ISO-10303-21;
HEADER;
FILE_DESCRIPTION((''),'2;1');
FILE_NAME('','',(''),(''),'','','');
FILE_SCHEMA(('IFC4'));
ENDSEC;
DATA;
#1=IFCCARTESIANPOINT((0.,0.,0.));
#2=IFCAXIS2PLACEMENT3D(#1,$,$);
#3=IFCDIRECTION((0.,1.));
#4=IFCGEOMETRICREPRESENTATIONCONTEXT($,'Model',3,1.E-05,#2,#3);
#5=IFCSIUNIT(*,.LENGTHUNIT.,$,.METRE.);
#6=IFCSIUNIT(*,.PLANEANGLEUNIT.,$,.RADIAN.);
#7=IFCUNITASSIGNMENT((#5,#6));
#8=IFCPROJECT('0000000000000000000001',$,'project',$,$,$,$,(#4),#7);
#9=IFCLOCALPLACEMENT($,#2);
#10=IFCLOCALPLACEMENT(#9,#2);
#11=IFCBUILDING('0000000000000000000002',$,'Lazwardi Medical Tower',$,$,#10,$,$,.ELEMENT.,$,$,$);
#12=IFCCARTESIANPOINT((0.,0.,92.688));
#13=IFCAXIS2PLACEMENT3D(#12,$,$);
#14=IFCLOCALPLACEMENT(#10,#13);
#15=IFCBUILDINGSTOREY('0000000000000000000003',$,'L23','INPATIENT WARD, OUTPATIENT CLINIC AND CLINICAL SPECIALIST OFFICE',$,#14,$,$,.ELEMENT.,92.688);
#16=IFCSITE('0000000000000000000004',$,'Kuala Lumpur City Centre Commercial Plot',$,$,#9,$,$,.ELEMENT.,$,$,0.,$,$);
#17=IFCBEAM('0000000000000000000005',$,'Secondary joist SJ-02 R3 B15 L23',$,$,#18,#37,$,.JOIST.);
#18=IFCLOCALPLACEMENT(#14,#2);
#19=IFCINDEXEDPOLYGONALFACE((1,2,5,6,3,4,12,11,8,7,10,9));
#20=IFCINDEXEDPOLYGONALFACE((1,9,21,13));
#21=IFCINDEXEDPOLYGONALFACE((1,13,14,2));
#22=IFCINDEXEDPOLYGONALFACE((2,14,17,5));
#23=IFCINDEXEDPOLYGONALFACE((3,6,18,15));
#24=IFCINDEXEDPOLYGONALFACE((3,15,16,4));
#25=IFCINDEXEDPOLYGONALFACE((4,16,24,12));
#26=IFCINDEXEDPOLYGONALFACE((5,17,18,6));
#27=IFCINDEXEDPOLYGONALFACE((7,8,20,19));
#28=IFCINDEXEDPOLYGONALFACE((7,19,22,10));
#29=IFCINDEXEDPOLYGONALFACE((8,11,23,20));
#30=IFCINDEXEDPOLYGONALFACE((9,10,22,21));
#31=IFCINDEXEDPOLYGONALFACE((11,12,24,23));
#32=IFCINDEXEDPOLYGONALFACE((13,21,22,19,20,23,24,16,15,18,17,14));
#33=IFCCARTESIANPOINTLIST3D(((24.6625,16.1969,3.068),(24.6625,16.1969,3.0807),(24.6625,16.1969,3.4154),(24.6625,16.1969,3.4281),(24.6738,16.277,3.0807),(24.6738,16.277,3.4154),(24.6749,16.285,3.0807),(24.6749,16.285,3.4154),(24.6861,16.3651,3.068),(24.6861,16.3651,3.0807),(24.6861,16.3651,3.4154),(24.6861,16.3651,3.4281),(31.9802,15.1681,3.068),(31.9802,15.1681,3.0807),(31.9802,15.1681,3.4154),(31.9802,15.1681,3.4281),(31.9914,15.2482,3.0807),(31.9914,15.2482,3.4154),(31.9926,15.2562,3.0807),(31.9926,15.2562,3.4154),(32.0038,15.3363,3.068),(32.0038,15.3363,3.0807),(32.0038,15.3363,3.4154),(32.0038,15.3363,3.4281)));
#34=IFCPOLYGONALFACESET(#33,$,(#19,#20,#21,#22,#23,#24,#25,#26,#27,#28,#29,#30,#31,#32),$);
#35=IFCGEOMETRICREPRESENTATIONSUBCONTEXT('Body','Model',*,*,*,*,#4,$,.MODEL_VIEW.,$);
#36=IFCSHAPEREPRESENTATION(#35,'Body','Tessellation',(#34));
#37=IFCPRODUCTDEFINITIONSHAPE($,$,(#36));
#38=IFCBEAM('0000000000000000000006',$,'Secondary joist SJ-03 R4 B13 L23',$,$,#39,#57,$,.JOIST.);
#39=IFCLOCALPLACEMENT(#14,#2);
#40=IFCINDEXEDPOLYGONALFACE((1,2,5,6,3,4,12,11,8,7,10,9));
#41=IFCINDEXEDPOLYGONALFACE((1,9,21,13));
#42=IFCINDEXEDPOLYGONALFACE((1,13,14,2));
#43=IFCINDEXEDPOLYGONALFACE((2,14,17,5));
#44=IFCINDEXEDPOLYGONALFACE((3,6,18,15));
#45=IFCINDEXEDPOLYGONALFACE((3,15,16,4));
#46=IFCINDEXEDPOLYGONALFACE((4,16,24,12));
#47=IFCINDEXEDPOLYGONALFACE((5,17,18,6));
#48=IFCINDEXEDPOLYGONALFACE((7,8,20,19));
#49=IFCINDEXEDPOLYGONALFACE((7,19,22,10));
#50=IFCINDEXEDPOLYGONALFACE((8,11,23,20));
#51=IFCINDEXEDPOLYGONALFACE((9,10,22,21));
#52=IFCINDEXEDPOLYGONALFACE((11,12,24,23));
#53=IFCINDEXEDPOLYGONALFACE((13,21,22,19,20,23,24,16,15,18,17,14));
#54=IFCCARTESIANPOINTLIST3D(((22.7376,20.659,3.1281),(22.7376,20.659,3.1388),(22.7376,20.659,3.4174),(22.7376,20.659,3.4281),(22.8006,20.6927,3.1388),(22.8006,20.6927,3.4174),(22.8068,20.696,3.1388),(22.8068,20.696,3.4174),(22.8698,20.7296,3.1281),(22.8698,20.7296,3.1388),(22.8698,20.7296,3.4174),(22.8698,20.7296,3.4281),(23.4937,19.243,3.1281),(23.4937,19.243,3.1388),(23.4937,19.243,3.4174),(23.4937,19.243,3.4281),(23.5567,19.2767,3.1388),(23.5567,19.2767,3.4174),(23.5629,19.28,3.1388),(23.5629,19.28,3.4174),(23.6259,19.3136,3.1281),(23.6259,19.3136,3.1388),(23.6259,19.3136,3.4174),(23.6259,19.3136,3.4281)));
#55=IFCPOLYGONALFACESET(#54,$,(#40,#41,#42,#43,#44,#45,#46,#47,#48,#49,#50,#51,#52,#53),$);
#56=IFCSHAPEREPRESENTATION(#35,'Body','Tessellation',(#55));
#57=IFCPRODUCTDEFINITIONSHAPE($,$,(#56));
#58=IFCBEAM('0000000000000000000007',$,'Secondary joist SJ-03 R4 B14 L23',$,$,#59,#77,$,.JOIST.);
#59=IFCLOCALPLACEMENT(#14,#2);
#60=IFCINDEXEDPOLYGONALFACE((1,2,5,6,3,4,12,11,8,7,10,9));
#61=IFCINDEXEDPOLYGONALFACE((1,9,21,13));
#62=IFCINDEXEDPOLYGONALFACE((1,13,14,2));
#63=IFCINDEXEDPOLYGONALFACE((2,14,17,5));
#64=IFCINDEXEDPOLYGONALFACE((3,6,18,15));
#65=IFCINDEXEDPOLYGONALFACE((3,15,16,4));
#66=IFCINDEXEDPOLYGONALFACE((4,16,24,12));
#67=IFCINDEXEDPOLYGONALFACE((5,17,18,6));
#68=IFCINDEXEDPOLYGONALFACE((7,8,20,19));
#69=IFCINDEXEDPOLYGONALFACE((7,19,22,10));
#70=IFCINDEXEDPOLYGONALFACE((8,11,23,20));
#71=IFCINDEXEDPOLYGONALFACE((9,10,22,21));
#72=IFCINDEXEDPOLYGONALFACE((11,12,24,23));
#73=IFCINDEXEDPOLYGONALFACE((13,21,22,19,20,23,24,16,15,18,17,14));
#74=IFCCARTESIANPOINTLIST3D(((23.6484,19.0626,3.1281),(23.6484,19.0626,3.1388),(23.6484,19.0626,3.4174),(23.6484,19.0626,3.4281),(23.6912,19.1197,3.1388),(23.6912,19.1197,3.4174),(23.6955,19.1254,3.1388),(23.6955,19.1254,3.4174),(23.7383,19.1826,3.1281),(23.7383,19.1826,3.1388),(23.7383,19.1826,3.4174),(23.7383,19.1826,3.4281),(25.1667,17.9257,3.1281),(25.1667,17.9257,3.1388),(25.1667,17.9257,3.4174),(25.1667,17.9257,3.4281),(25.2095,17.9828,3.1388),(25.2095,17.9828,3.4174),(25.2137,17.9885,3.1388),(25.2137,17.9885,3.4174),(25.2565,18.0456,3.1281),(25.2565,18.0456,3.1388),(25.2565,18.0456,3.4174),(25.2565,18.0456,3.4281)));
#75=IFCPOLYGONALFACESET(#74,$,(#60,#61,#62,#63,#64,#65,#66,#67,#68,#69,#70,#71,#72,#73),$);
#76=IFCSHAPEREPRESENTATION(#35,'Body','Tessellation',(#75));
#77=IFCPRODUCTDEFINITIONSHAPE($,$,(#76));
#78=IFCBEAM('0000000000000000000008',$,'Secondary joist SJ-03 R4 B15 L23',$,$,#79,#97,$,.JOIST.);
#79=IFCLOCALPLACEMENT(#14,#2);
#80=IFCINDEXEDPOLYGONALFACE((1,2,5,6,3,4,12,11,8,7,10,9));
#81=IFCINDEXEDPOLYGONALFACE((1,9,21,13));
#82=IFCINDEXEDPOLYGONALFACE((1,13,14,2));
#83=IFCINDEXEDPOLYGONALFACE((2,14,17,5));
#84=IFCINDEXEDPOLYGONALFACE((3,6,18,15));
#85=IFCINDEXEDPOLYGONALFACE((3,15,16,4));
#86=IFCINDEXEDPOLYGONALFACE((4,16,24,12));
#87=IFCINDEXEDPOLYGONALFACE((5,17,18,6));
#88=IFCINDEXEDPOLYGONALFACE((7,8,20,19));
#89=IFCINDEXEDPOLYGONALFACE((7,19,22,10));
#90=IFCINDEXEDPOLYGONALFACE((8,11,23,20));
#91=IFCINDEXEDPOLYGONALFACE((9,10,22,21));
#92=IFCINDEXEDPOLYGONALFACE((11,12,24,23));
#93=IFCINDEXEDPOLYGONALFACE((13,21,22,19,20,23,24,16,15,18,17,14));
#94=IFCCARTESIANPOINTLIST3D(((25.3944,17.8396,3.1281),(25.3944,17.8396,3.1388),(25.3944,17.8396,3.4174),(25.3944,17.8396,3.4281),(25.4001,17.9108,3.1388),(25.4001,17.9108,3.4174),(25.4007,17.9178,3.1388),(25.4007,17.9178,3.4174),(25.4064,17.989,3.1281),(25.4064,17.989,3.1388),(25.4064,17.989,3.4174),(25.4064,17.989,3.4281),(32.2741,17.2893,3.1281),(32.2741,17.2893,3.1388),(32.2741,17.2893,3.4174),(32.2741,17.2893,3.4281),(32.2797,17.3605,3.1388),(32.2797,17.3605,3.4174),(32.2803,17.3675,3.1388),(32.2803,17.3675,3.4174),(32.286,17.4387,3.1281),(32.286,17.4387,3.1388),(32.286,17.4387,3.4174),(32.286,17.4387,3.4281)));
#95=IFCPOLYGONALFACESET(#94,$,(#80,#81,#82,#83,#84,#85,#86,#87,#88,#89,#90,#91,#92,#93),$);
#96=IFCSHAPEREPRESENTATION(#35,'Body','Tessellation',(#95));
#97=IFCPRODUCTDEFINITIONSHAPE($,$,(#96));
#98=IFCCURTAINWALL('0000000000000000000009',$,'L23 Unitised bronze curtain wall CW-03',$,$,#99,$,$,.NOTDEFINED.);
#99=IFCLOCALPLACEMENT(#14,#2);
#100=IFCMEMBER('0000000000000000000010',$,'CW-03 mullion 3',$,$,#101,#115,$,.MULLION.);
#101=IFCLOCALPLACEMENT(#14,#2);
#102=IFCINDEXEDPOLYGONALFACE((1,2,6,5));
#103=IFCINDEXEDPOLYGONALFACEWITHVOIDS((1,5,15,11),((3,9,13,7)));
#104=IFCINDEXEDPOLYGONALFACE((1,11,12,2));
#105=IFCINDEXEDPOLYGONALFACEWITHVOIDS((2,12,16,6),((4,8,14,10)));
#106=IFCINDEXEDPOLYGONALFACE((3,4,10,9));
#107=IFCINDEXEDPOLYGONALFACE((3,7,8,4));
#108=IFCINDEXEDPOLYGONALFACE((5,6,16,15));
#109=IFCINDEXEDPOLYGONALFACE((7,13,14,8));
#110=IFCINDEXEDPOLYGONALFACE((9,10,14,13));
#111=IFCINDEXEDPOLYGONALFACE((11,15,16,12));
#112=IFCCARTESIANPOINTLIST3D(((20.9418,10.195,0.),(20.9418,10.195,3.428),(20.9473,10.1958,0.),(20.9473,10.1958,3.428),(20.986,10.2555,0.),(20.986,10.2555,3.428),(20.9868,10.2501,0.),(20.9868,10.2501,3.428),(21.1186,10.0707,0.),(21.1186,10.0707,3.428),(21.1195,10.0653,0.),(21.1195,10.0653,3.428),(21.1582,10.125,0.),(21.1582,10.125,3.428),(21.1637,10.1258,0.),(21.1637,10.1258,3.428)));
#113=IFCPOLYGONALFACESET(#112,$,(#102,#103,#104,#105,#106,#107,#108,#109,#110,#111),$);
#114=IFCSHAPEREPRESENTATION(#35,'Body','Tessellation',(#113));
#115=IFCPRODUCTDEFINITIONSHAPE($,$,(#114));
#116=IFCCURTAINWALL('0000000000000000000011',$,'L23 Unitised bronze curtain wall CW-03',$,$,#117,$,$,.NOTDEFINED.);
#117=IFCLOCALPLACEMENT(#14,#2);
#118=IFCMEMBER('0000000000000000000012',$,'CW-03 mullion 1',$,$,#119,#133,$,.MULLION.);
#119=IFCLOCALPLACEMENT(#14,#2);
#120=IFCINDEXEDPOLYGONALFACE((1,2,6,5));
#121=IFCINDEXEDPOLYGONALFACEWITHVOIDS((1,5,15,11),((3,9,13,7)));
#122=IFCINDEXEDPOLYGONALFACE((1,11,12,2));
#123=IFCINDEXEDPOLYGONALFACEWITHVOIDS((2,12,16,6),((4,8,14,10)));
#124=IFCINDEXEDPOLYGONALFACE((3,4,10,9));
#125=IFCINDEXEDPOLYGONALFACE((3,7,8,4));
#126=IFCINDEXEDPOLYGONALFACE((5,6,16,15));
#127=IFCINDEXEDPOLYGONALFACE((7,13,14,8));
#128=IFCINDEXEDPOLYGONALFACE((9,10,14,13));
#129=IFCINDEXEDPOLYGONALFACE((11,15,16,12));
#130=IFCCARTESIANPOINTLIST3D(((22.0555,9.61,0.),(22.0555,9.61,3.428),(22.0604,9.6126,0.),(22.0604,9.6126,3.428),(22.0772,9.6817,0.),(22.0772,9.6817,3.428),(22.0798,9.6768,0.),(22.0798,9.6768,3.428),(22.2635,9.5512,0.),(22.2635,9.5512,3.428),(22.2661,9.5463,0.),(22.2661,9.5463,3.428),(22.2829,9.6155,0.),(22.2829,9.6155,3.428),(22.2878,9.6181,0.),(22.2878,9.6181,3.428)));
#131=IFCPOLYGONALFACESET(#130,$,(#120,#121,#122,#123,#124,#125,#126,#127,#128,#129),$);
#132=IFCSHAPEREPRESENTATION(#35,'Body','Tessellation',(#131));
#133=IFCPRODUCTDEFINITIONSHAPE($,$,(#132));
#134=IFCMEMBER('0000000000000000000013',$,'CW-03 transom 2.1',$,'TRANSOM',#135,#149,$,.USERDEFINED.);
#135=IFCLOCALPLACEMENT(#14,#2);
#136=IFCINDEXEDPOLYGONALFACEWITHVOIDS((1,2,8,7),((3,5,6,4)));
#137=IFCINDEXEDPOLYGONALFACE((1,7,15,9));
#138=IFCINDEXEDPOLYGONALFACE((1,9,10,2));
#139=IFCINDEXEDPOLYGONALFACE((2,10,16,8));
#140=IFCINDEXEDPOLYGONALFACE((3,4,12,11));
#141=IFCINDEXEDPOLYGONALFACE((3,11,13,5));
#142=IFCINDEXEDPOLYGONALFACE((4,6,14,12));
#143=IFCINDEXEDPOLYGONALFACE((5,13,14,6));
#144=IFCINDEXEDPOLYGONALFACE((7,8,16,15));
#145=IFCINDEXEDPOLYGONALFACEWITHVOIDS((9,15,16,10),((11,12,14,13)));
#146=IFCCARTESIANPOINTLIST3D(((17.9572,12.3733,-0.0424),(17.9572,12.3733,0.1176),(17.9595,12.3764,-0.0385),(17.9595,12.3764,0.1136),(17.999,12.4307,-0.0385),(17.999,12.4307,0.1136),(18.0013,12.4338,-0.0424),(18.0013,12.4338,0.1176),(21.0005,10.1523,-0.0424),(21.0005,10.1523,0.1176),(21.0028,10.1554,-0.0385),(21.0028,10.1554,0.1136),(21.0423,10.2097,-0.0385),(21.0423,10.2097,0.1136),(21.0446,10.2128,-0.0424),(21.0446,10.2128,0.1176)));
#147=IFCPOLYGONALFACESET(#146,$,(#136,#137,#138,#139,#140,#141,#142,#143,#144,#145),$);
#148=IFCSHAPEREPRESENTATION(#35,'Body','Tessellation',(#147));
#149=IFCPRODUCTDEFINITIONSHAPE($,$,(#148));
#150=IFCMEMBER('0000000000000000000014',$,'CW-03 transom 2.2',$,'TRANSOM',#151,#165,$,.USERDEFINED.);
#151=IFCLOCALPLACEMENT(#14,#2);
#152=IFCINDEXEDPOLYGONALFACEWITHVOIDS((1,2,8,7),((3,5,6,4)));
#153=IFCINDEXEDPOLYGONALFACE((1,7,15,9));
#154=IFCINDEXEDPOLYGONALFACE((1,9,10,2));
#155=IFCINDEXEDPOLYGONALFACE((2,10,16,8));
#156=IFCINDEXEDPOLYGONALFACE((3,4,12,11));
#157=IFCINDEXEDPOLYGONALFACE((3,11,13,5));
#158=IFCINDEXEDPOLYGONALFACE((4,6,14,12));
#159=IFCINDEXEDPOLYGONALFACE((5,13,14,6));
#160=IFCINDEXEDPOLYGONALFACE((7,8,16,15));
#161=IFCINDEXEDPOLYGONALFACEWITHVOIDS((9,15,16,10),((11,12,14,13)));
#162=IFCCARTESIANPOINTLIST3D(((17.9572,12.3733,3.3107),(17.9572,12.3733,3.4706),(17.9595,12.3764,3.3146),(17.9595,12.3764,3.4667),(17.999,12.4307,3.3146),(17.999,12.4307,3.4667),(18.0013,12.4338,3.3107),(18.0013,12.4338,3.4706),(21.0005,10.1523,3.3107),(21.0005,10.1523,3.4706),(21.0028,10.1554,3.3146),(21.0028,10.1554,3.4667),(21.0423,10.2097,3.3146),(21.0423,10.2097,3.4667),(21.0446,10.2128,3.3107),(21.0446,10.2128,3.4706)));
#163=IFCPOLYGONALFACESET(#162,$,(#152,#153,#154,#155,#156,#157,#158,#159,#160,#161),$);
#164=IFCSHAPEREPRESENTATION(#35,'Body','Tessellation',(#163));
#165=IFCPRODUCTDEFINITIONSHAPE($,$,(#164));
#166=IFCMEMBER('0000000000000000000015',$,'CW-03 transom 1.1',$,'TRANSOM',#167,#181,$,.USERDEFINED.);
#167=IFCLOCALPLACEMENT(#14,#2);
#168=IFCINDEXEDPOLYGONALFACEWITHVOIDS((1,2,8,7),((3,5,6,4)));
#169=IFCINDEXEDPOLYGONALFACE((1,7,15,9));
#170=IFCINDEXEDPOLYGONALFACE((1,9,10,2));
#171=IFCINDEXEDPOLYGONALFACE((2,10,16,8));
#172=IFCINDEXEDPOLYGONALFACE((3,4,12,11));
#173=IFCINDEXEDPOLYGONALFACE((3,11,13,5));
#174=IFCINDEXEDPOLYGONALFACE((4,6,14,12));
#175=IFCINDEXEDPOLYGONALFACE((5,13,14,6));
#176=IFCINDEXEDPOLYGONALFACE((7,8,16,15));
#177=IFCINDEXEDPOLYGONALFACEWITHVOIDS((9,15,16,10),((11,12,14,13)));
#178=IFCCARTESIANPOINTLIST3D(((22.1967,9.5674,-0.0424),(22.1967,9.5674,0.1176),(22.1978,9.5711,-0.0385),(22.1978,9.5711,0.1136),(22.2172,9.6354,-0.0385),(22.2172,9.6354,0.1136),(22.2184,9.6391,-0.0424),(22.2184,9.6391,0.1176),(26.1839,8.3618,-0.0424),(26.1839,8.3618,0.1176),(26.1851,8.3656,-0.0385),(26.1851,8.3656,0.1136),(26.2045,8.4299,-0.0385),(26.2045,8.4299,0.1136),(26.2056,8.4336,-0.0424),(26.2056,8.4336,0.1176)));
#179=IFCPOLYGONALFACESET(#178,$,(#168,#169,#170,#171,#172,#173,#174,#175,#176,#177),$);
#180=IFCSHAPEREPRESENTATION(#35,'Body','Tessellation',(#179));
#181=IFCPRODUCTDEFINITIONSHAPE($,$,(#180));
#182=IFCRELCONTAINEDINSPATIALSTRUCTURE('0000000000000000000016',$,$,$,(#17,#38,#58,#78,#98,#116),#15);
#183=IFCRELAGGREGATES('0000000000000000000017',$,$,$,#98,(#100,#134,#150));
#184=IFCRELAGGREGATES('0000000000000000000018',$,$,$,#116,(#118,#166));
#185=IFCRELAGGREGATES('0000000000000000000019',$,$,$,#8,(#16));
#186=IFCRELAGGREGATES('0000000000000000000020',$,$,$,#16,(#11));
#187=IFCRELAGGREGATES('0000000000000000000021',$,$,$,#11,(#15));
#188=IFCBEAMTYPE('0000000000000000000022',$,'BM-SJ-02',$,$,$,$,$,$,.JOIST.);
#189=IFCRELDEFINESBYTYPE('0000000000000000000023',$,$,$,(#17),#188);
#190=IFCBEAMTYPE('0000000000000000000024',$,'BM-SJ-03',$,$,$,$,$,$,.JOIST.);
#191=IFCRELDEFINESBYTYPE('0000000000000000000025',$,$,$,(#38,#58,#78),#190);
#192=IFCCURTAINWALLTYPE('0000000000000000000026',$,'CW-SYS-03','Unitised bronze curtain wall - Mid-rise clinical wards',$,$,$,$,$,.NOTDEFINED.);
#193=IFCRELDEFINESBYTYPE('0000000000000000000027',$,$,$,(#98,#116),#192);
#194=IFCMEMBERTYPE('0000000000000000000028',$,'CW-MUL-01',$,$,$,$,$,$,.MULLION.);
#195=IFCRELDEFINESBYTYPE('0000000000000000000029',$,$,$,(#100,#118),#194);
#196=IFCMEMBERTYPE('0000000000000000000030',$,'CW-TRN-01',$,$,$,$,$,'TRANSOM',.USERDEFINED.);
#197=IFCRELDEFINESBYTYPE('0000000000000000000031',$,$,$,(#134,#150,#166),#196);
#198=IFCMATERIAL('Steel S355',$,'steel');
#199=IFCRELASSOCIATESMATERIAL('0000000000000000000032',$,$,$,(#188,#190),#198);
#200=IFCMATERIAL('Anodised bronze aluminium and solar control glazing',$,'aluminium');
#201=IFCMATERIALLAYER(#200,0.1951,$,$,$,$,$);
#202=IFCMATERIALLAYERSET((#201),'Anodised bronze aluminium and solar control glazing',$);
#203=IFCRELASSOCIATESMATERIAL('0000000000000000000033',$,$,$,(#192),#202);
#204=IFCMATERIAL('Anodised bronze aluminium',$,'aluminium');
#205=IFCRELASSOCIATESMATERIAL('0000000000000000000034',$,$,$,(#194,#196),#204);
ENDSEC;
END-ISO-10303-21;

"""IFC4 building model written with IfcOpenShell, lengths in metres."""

from ifc_helpers import new_model, si_unit, direction, frame, origin, origin_2d, place, context, subcontext, project, spatial, hollow_rectangle, i_section, extrude, material, layer, layer_set, material_profile, profile_set, type_object, element, aggregate, save


model = new_model("IFC4")

# Units and contexts
model_context = context("Model", 3, precision=1e-05, world=origin(), true_north=direction((0.0, 1.0)))
body_context = subcontext(model_context, "Body", "Model", "MODEL_VIEW")
ifc_project = project(units=[si_unit("LENGTHUNIT", "METRE"), si_unit("PLANEANGLEUNIT", "RADIAN")], contexts=[model_context])

# Site, building, storey
site_placement = place(None, origin())
site = spatial("IfcSite", under=ifc_project, at=site_placement, Name="Kuala Lumpur City Centre Commercial Plot", CompositionType="ELEMENT", RefElevation=0.0)
building_placement = place(site_placement, origin())
building = spatial("IfcBuilding", under=site, at=building_placement, Name="Lazwardi Medical Tower", CompositionType="ELEMENT")
storey_placement = place(building_placement, frame((0.0, 0.0, 92.688)))
storey = spatial("IfcBuildingStorey", under=building, at=storey_placement, Name="L23", Description="INPATIENT WARD, OUTPATIENT CLINIC AND CLINICAL SPECIALIST OFFICE", CompositionType="ELEMENT", Elevation=92.688)

# Beams
ifc_material_1 = material(Name="Steel S355", Category="steel")
ifc_material_profile_1 = material_profile(ifc_material_1, i_section(OverallWidth=0.1699, OverallDepth=0.3601, WebThickness=0.0081, FlangeThickness=0.0127, at=origin_2d()), Name="IPE 360")
ifc_profile_set_1 = profile_set([ifc_material_profile_1], Name="Steel S355")
beam_type_1 = type_object("IfcBeamType", Name="BM-SJ-02", PredefinedType="JOIST", material=ifc_profile_set_1)
beam_1_placement = place(storey_placement, frame((24.6743, 16.281, 3.248), z_axis=(0.990261, -0.139224, 0.0), x_axis=(0.139224, 0.990261, 0.0)))
element("IfcBeam", 1, at=beam_1_placement, inside=storey, type_object=beam_type_1, Name="Secondary joist SJ-02 R3 B15 L23", PredefinedType="JOIST", context=body_context, shape_type="SweptSolid", body=[
    extrude(i_section(OverallWidth=0.1699, OverallDepth=0.3601, WebThickness=0.0081, FlangeThickness=0.0127, at=origin_2d()), origin(), (0.0, 0.0, 1.0), 7.3896),
])
ifc_material_profile_2 = material_profile(ifc_material_1, i_section(OverallWidth=0.1499, OverallDepth=0.3, WebThickness=0.0071, FlangeThickness=0.0107, at=origin_2d()), Name="IPE 300")
ifc_profile_set_2 = profile_set([ifc_material_profile_2], Name="Steel S355")
beam_type_2 = type_object("IfcBeamType", Name="BM-SJ-03", PredefinedType="JOIST", material=ifc_profile_set_2)
beam_2_placement = place(storey_placement, frame((22.8037, 20.6943, 3.2781), z_axis=(0.471022, -0.882121, 0.0), x_axis=(0.882121, 0.471022, 0.0)))
element("IfcBeam", 2, at=beam_2_placement, inside=storey, type_object=beam_type_2, Name="Secondary joist SJ-03 R4 B13 L23", PredefinedType="JOIST", context=body_context, shape_type="SweptSolid", body=[
    extrude(i_section(OverallWidth=0.1499, OverallDepth=0.3, WebThickness=0.0071, FlangeThickness=0.0107, at=origin_2d()), origin(), (0.0, 0.0, 1.0), 1.6052),
])
beam_3_placement = place(storey_placement, frame((23.6934, 19.1226, 3.2781), z_axis=(0.800448, -0.599403, 0.0), x_axis=(0.599403, 0.800448, 0.0)))
element("IfcBeam", 3, at=beam_3_placement, inside=storey, type_object=beam_type_2, Name="Secondary joist SJ-03 R4 B14 L23", PredefinedType="JOIST", context=body_context, shape_type="SweptSolid", body=[
    extrude(i_section(OverallWidth=0.1499, OverallDepth=0.3, WebThickness=0.0071, FlangeThickness=0.0107, at=origin_2d()), origin(), (0.0, 0.0, 1.0), 1.8967),
])
beam_4_placement = place(storey_placement, frame((25.4004, 17.9143, 3.2781), z_axis=(0.996816, -0.079734, 0.0), x_axis=(0.079734, 0.996816, 0.0)))
element("IfcBeam", 4, at=beam_4_placement, inside=storey, type_object=beam_type_2, Name="Secondary joist SJ-03 R4 B15 L23", PredefinedType="JOIST", context=body_context, shape_type="SweptSolid", body=[
    extrude(i_section(OverallWidth=0.1499, OverallDepth=0.3, WebThickness=0.0071, FlangeThickness=0.0107, at=origin_2d()), origin(), (0.0, 0.0, 1.0), 6.9016),
])

# Curtain walls, members
ifc_material_2 = material(Name="Anodised bronze aluminium and solar control glazing", Category="aluminium")
ifc_layer_1 = layer(ifc_material_2, 0.1951)
ifc_layer_set_1 = layer_set([ifc_layer_1], Name="Anodised bronze aluminium and solar control glazing")
curtain_wall_type = type_object("IfcCurtainWallType", Name="CW-SYS-03", Description="Unitised bronze curtain wall - Mid-rise clinical wards", PredefinedType="NOTDEFINED", material=ifc_layer_set_1)
curtain_wall_1_placement = place(storey_placement, origin())
curtain_wall_1 = element("IfcCurtainWall", 5, at=curtain_wall_1_placement, inside=storey, type_object=curtain_wall_type, Name="L23 Unitised bronze curtain wall CW-03", PredefinedType="NOTDEFINED")
ifc_material_3 = material(Name="Anodised bronze aluminium", Category="aluminium")
ifc_material_profile_3 = material_profile(ifc_material_3, hollow_rectangle(XDim=0.075, YDim=0.22, WallThickness=0.0039, at=origin_2d()), Name="ALU-MULLION 220x75x4")
ifc_profile_set_3 = profile_set([ifc_material_profile_3], Name="Anodised bronze aluminium")
member_type_1 = type_object("IfcMemberType", Name="CW-MUL-01", PredefinedType="MULLION", material=ifc_profile_set_3)
member_1_placement = place(storey_placement, frame((21.0527, 10.1604, 0.0), z_axis=(0.0, 0.0, 1.0), x_axis=(0.589531, 0.807746, 0.0)))
member_1 = element("IfcMember", 6, at=member_1_placement, type_object=member_type_1, Name="CW-03 mullion 3", PredefinedType="MULLION", context=body_context, shape_type="SweptSolid", body=[
    extrude(hollow_rectangle(XDim=0.075, YDim=0.22, WallThickness=0.0039, at=origin_2d()), origin(), (0.0, 0.0, 1.0), 3.428),
])
curtain_wall_2_placement = place(storey_placement, origin())
curtain_wall_2 = element("IfcCurtainWall", 7, at=curtain_wall_2_placement, inside=storey, type_object=curtain_wall_type, Name="L23 Unitised bronze curtain wall CW-03", PredefinedType="NOTDEFINED")
member_2_placement = place(storey_placement, frame((22.1716, 9.614, 0.0), z_axis=(0.0, 0.0, 1.0), x_axis=(0.289374, 0.957216, 0.0)))
member_2 = element("IfcMember", 8, at=member_2_placement, type_object=member_type_1, Name="CW-03 mullion 1", PredefinedType="MULLION", context=body_context, shape_type="SweptSolid", body=[
    extrude(hollow_rectangle(XDim=0.075, YDim=0.22, WallThickness=0.0039, at=origin_2d()), origin(), (0.0, 0.0, 1.0), 3.428),
])

# Members
ifc_material_profile_4 = material_profile(ifc_material_3, hollow_rectangle(XDim=0.075, YDim=0.1599, WallThickness=0.0039, at=origin_2d()), Name="ALU-TRANSOM 160x75x4")
ifc_profile_set_4 = profile_set([ifc_material_profile_4], Name="Anodised bronze aluminium")
member_type_2 = type_object("IfcMemberType", Name="CW-TRN-01", ElementType="TRANSOM", PredefinedType="USERDEFINED", material=ifc_profile_set_4)
member_3_placement = place(storey_placement, frame((17.9792, 12.4036, 0.0376), z_axis=(0.807763, -0.589508, 0.0), x_axis=(0.589508, 0.807763, 0.0)))
member_3 = element("IfcMember", 9, at=member_3_placement, type_object=member_type_2, Name="CW-03 transom 2.1", ObjectType="TRANSOM", PredefinedType="USERDEFINED", context=body_context, shape_type="SweptSolid", body=[
    extrude(hollow_rectangle(XDim=0.075, YDim=0.1599, WallThickness=0.0039, at=origin_2d()), origin(), (0.0, 0.0, 1.0), 3.7676),
])
member_4_placement = place(storey_placement, frame((17.9792, 12.4036, 3.3906), z_axis=(0.807763, -0.589508, 0.0), x_axis=(0.589508, 0.807763, 0.0)))
member_4 = element("IfcMember", 10, at=member_4_placement, type_object=member_type_2, Name="CW-03 transom 2.2", ObjectType="TRANSOM", PredefinedType="USERDEFINED", context=body_context, shape_type="SweptSolid", body=[
    extrude(hollow_rectangle(XDim=0.075, YDim=0.1599, WallThickness=0.0039, at=origin_2d()), origin(), (0.0, 0.0, 1.0), 3.7676),
])
member_5_placement = place(storey_placement, frame((22.2075, 9.6033, 0.0376), z_axis=(0.957205, -0.289412, 0.0), x_axis=(0.289412, 0.957205, 0.0)))
member_5 = element("IfcMember", 11, at=member_5_placement, type_object=member_type_2, Name="CW-03 transom 1.1", ObjectType="TRANSOM", PredefinedType="USERDEFINED", context=body_context, shape_type="SweptSolid", body=[
    extrude(hollow_rectangle(XDim=0.075, YDim=0.1599, WallThickness=0.0039, at=origin_2d()), origin(), (0.0, 0.0, 1.0), 4.1655),
])

aggregate(curtain_wall_1, [member_1, member_3, member_4])
aggregate(curtain_wall_2, [member_2, member_5])

save(model, "model.ifc")
